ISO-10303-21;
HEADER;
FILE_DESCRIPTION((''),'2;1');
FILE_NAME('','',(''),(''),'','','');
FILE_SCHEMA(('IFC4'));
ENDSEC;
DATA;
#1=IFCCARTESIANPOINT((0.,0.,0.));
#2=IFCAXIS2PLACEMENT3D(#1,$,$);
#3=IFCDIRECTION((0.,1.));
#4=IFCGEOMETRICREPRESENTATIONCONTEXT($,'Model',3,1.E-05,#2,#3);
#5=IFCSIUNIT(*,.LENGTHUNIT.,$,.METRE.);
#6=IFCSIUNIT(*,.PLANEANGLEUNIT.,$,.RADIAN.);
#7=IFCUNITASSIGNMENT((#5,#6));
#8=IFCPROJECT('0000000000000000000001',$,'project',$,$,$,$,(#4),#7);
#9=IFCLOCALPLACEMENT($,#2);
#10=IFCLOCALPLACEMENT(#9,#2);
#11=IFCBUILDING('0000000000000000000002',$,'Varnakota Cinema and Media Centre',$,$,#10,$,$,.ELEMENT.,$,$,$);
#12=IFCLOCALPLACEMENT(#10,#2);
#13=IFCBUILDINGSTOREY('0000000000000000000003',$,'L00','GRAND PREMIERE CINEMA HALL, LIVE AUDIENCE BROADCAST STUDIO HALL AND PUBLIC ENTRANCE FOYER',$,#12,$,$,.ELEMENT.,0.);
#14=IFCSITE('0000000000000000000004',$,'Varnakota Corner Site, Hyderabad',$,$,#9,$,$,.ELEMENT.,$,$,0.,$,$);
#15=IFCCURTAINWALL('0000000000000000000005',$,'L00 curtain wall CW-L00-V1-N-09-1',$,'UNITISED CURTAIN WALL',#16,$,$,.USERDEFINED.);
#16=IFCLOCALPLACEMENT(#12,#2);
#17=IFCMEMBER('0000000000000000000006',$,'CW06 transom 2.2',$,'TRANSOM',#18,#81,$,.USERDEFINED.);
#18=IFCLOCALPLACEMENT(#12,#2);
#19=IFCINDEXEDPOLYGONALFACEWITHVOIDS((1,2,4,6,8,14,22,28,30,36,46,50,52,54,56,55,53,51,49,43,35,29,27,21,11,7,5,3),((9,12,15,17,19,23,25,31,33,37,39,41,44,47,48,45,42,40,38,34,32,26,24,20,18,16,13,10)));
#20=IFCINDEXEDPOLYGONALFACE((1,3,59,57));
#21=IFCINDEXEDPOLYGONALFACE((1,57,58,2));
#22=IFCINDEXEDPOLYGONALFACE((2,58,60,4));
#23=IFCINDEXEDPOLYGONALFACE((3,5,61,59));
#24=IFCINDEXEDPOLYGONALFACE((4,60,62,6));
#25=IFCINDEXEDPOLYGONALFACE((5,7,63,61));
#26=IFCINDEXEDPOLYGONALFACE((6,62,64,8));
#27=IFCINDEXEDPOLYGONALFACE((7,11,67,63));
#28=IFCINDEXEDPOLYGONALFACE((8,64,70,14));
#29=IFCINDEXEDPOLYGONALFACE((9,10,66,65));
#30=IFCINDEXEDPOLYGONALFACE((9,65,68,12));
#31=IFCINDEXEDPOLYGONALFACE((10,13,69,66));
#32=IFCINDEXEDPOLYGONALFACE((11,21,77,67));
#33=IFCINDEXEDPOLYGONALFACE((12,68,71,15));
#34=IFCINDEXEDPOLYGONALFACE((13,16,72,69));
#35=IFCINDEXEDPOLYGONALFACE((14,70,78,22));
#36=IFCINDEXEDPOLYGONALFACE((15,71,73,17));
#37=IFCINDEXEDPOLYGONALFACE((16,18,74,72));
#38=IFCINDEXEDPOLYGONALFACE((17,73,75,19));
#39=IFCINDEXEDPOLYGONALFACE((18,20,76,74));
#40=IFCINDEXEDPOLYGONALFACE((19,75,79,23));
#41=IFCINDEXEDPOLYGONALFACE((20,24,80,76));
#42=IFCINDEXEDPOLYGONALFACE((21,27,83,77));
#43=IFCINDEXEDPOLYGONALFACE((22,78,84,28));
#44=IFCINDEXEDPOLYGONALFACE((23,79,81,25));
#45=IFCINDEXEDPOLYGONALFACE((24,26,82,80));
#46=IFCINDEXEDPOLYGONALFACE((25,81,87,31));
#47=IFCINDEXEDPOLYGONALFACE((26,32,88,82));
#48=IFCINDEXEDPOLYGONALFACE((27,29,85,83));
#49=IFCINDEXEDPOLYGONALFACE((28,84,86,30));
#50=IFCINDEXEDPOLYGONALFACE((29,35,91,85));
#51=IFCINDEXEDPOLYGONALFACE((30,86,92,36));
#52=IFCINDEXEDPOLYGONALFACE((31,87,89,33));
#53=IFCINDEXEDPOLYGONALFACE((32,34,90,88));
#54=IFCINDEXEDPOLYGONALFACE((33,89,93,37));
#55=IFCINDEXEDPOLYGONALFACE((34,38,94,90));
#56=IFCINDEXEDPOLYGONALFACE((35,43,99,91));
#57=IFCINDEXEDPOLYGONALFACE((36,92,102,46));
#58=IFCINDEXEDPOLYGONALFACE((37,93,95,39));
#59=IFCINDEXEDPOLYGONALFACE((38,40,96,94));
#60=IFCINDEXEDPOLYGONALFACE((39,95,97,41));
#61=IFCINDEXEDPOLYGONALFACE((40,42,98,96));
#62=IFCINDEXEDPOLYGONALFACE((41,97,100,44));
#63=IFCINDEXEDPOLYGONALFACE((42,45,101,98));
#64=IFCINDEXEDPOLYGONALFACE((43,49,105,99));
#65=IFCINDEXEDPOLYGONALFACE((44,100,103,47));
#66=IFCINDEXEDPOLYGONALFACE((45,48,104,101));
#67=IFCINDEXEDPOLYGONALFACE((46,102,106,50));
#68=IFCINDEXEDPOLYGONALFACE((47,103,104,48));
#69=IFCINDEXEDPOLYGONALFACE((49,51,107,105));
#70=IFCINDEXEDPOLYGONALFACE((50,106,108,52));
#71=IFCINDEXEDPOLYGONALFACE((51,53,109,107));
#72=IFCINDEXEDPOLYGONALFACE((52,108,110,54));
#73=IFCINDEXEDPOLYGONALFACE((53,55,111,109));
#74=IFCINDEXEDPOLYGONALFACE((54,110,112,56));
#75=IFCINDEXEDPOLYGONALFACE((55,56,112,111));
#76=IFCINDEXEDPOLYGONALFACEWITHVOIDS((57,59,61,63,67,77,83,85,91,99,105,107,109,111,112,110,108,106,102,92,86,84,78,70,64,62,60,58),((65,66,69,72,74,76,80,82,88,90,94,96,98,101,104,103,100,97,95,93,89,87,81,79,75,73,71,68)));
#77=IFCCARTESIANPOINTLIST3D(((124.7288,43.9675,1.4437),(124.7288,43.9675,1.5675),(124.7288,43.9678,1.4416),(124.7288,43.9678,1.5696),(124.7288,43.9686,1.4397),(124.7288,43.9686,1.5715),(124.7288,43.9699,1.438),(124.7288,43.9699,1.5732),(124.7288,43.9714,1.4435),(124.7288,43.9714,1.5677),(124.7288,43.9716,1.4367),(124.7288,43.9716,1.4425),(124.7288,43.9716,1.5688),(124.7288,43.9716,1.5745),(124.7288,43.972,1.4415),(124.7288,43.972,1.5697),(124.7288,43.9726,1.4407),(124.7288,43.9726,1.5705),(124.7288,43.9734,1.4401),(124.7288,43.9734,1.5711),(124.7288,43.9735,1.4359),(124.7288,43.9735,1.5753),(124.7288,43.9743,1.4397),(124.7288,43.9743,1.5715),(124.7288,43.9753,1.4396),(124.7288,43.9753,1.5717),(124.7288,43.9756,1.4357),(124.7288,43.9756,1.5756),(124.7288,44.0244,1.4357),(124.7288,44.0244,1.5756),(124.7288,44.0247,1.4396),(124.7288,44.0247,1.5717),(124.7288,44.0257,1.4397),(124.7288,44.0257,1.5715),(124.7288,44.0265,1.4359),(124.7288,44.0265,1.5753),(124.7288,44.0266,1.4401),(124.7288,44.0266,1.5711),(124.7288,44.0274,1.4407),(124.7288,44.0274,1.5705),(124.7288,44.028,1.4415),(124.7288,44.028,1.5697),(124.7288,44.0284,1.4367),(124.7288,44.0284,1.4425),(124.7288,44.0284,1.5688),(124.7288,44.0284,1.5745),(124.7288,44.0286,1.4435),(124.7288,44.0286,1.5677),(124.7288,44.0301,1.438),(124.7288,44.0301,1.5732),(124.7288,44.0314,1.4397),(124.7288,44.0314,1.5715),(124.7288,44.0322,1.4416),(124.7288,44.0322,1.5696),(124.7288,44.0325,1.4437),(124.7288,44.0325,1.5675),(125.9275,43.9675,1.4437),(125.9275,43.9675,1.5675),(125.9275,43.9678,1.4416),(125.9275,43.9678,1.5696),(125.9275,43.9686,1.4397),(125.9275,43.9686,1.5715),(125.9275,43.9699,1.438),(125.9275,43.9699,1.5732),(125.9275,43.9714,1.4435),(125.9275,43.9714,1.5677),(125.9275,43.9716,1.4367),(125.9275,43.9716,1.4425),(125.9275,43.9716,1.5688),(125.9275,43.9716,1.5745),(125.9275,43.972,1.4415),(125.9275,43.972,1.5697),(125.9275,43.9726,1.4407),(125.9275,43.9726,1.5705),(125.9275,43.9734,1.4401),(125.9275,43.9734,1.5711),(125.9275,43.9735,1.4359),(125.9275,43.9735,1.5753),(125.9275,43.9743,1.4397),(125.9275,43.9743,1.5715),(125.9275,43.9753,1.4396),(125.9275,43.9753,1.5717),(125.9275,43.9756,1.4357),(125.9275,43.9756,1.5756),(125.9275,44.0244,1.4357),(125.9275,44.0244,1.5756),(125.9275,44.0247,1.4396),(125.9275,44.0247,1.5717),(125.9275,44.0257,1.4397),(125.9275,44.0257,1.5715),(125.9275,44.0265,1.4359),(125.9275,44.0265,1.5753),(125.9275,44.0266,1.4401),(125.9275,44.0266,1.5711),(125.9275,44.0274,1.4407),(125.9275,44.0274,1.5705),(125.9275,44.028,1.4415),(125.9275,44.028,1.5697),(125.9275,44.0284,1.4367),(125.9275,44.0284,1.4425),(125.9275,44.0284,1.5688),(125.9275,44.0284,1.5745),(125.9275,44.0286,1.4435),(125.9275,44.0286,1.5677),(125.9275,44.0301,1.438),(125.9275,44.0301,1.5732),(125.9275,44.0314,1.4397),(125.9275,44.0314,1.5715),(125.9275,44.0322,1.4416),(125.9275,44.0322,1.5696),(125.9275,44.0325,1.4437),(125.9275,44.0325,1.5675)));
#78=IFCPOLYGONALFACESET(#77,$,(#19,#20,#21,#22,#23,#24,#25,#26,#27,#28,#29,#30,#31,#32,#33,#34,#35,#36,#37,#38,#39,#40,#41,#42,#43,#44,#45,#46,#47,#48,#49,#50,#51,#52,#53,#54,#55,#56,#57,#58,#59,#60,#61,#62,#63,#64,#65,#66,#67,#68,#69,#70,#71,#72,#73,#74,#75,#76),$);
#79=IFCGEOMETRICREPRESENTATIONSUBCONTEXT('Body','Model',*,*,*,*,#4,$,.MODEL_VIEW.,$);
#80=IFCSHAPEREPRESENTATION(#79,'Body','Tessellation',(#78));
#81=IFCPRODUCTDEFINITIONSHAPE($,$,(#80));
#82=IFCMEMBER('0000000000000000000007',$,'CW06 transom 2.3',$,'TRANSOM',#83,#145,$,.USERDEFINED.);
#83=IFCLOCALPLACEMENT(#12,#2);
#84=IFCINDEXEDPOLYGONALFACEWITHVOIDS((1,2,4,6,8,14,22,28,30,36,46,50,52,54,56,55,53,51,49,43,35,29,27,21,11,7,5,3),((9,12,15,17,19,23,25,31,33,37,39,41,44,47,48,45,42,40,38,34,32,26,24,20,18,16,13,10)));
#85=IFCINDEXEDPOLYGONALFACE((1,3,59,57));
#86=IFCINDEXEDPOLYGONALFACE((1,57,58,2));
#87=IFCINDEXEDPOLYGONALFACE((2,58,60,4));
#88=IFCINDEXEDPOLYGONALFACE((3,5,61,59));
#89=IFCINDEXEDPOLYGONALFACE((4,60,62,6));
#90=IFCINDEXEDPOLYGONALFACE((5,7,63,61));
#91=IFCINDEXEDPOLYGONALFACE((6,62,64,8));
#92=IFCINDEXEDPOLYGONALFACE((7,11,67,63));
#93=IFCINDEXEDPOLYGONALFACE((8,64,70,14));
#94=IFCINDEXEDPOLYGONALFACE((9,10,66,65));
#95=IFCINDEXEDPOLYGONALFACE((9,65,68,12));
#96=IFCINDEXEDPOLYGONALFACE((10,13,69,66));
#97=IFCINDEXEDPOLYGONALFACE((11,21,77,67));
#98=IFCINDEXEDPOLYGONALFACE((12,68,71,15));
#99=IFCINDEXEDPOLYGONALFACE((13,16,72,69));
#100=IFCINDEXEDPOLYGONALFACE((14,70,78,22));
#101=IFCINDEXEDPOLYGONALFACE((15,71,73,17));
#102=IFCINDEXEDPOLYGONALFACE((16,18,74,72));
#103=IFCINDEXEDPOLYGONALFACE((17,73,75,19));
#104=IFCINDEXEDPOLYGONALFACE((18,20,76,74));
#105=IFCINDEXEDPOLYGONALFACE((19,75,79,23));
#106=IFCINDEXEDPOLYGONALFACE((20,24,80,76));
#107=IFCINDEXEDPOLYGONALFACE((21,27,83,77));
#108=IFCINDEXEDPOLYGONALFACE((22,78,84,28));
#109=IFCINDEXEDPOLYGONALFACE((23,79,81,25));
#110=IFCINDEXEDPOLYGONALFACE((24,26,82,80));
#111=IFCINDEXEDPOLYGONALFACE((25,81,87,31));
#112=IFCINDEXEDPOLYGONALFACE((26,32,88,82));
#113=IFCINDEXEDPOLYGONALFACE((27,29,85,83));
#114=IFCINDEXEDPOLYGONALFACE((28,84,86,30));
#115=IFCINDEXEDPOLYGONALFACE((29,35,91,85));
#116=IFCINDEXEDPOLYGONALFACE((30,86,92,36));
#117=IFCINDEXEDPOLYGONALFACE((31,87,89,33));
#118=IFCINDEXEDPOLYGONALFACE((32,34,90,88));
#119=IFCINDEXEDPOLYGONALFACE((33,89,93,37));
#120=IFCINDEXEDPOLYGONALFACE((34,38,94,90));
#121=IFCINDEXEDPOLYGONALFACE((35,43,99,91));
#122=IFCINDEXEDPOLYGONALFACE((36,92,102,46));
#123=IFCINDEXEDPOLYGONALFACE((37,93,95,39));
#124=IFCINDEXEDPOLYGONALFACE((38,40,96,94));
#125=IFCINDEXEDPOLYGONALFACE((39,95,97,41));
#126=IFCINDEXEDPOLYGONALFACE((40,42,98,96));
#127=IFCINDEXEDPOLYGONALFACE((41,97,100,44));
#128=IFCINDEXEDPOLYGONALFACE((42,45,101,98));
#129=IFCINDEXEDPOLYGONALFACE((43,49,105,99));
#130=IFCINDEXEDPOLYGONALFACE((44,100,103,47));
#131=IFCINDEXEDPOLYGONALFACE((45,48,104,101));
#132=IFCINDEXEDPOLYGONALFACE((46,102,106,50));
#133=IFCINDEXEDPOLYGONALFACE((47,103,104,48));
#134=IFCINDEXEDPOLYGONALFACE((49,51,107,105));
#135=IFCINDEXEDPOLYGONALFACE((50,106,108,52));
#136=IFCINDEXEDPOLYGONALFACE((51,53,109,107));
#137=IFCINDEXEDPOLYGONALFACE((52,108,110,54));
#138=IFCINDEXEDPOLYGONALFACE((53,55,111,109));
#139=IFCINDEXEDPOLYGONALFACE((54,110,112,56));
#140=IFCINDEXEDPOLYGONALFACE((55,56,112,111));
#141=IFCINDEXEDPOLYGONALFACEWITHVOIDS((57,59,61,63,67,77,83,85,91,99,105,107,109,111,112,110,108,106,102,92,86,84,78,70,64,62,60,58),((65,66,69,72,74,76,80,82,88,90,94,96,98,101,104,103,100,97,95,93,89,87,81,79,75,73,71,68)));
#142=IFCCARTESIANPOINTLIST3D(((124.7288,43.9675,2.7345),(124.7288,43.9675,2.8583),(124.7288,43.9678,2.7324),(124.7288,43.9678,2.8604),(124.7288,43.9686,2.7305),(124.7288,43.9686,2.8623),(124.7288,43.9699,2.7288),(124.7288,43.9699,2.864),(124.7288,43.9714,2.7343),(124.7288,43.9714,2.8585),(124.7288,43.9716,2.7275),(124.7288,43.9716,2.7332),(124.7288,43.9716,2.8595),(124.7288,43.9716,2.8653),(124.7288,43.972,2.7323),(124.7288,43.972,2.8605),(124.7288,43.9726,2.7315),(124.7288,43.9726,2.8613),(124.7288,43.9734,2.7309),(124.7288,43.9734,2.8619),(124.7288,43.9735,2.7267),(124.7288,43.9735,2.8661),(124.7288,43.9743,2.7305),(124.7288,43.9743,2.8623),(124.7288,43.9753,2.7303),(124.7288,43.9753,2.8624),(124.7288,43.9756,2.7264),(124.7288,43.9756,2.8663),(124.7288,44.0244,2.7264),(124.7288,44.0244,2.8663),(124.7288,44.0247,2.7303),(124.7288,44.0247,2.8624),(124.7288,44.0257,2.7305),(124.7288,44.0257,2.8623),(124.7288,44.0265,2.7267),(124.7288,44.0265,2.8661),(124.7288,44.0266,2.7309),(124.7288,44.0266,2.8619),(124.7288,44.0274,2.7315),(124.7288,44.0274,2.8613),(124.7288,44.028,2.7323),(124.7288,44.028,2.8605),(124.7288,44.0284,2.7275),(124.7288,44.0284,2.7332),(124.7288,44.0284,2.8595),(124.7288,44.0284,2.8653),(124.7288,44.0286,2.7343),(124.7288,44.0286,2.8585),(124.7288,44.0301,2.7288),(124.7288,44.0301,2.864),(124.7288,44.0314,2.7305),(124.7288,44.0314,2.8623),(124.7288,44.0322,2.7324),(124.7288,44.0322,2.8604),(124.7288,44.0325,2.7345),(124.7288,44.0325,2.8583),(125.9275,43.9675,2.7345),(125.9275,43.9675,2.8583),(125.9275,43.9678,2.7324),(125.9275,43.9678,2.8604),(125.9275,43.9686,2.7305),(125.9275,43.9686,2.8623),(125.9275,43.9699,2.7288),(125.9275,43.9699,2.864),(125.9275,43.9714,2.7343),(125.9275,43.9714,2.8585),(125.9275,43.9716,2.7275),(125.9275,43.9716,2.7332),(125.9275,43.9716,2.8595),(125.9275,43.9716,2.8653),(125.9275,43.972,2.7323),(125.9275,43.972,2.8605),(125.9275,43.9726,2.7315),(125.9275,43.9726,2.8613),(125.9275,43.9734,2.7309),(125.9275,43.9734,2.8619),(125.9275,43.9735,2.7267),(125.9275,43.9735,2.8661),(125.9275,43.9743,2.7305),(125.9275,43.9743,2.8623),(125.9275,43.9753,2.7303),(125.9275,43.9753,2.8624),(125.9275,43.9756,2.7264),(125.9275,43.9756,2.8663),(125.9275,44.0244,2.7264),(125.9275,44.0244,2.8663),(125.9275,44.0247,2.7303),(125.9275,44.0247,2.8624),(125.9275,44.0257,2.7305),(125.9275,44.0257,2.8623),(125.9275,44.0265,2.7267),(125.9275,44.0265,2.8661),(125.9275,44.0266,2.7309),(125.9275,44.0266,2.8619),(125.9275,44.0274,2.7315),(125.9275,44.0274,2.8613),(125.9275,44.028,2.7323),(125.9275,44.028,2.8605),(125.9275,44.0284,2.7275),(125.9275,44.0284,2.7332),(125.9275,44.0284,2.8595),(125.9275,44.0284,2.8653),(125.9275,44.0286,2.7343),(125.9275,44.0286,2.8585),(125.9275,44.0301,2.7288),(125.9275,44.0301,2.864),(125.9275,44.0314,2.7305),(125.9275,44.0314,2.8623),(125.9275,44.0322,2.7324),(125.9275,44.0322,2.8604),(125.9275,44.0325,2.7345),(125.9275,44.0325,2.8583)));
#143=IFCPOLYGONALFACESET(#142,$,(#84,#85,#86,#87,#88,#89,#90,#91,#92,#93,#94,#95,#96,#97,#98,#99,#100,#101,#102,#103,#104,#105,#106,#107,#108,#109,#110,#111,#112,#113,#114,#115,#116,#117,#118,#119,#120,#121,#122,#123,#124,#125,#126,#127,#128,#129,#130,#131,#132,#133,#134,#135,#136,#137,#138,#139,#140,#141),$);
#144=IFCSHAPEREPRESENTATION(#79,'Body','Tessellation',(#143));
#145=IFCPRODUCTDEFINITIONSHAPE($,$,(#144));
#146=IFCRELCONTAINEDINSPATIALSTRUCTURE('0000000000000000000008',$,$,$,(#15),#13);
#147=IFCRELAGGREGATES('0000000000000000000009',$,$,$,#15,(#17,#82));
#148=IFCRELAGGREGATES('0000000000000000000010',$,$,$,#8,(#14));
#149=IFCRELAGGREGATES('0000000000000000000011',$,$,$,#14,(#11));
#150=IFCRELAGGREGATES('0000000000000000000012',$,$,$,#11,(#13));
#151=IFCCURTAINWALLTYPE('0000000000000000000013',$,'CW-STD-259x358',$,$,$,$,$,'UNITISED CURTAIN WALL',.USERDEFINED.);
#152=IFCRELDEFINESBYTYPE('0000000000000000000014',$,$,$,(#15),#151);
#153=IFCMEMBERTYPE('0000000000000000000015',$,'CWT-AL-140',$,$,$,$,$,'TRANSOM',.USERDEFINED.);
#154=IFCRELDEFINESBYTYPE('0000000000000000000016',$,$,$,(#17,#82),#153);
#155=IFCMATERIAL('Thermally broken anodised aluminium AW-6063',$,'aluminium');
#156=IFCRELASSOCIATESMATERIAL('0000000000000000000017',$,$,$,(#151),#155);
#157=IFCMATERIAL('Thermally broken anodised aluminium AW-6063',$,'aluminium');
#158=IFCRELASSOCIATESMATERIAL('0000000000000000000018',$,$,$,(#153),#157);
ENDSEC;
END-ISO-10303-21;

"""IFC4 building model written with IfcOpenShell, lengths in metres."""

from ifc_helpers import new_model, si_unit, direction, frame, origin, origin_2d, place, context, subcontext, project, spatial, hollow_rectangle, extrude, material, material_profile, profile_set, type_object, element, aggregate, save


model = new_model("IFC4")

# Units and contexts
model_context = context("Model", 3, precision=1e-05, world=origin(), true_north=direction((0.0, 1.0)))
body_context = subcontext(model_context, "Body", "Model", "MODEL_VIEW")
ifc_project = project(units=[si_unit("LENGTHUNIT", "METRE"), si_unit("PLANEANGLEUNIT", "RADIAN")], contexts=[model_context])

# Site, building, storey
site_placement = place(None, origin())
site = spatial("IfcSite", under=ifc_project, at=site_placement, Name="Varnakota Corner Site, Hyderabad", CompositionType="ELEMENT", RefElevation=0.0)
building_placement = place(site_placement, origin())
building = spatial("IfcBuilding", under=site, at=building_placement, Name="Varnakota Cinema and Media Centre", CompositionType="ELEMENT")
storey_placement = place(building_placement, origin())
storey = spatial("IfcBuildingStorey", under=building, at=storey_placement, Name="L00", Description="GRAND PREMIERE CINEMA HALL, LIVE AUDIENCE BROADCAST STUDIO HALL AND PUBLIC ENTRANCE FOYER", CompositionType="ELEMENT", Elevation=0.0)

# Curtain wall
ifc_material_1 = material(Name="Thermally broken anodised aluminium AW-6063", Category="aluminium")
curtain_wall_type = type_object("IfcCurtainWallType", Name="CW-STD-259x358", ElementType="UNITISED CURTAIN WALL", PredefinedType="USERDEFINED", material=ifc_material_1)
curtain_wall_1_placement = place(storey_placement, origin())
curtain_wall_1 = element("IfcCurtainWall", 1, at=curtain_wall_1_placement, inside=storey, type_object=curtain_wall_type, Name="L00 curtain wall CW-L00-V1-N-09-1", ObjectType="UNITISED CURTAIN WALL", PredefinedType="USERDEFINED")

# Members
ifc_material_2 = material(Name="Thermally broken anodised aluminium AW-6063", Category="aluminium")
ifc_material_profile_1 = material_profile(ifc_material_2, hollow_rectangle(XDim=0.0649, YDim=0.1399, WallThickness=0.0039, InnerFilletRadius=0.0039, OuterFilletRadius=0.0081, at=origin_2d()), Name="AL-TRANSOM 140x65x4")
ifc_profile_set_1 = profile_set([ifc_material_profile_1], Name="Thermally broken anodised aluminium AW-6063")
member_type_1 = type_object("IfcMemberType", Name="CWT-AL-140", ElementType="TRANSOM", PredefinedType="USERDEFINED", material=ifc_profile_set_1)
member_1_placement = place(storey_placement, frame((124.7288, 44.0, 1.5056), z_axis=(1.0, 0.0, 0.0), x_axis=(0.0, 1.0, 0.0)))
member_1 = element("IfcMember", 2, at=member_1_placement, type_object=member_type_1, Name="CW06 transom 2.2", ObjectType="TRANSOM", PredefinedType="USERDEFINED", context=body_context, shape_type="SweptSolid", body=[
    extrude(hollow_rectangle(XDim=0.0649, YDim=0.1399, WallThickness=0.0039, InnerFilletRadius=0.0039, OuterFilletRadius=0.0081, at=origin_2d()), origin(), (0.0, 0.0, 1.0), 1.1987),
])
member_2_placement = place(storey_placement, frame((124.7288, 44.0, 2.7964), z_axis=(1.0, 0.0, 0.0), x_axis=(0.0, 1.0, 0.0)))
member_2 = element("IfcMember", 3, at=member_2_placement, type_object=member_type_1, Name="CW06 transom 2.3", ObjectType="TRANSOM", PredefinedType="USERDEFINED", context=body_context, shape_type="SweptSolid", body=[
    extrude(hollow_rectangle(XDim=0.0649, YDim=0.1399, WallThickness=0.0039, InnerFilletRadius=0.0039, OuterFilletRadius=0.0081, at=origin_2d()), origin(), (0.0, 0.0, 1.0), 1.1987),
])

aggregate(curtain_wall_1, [member_1, member_2])

save(model, "model.ifc")
